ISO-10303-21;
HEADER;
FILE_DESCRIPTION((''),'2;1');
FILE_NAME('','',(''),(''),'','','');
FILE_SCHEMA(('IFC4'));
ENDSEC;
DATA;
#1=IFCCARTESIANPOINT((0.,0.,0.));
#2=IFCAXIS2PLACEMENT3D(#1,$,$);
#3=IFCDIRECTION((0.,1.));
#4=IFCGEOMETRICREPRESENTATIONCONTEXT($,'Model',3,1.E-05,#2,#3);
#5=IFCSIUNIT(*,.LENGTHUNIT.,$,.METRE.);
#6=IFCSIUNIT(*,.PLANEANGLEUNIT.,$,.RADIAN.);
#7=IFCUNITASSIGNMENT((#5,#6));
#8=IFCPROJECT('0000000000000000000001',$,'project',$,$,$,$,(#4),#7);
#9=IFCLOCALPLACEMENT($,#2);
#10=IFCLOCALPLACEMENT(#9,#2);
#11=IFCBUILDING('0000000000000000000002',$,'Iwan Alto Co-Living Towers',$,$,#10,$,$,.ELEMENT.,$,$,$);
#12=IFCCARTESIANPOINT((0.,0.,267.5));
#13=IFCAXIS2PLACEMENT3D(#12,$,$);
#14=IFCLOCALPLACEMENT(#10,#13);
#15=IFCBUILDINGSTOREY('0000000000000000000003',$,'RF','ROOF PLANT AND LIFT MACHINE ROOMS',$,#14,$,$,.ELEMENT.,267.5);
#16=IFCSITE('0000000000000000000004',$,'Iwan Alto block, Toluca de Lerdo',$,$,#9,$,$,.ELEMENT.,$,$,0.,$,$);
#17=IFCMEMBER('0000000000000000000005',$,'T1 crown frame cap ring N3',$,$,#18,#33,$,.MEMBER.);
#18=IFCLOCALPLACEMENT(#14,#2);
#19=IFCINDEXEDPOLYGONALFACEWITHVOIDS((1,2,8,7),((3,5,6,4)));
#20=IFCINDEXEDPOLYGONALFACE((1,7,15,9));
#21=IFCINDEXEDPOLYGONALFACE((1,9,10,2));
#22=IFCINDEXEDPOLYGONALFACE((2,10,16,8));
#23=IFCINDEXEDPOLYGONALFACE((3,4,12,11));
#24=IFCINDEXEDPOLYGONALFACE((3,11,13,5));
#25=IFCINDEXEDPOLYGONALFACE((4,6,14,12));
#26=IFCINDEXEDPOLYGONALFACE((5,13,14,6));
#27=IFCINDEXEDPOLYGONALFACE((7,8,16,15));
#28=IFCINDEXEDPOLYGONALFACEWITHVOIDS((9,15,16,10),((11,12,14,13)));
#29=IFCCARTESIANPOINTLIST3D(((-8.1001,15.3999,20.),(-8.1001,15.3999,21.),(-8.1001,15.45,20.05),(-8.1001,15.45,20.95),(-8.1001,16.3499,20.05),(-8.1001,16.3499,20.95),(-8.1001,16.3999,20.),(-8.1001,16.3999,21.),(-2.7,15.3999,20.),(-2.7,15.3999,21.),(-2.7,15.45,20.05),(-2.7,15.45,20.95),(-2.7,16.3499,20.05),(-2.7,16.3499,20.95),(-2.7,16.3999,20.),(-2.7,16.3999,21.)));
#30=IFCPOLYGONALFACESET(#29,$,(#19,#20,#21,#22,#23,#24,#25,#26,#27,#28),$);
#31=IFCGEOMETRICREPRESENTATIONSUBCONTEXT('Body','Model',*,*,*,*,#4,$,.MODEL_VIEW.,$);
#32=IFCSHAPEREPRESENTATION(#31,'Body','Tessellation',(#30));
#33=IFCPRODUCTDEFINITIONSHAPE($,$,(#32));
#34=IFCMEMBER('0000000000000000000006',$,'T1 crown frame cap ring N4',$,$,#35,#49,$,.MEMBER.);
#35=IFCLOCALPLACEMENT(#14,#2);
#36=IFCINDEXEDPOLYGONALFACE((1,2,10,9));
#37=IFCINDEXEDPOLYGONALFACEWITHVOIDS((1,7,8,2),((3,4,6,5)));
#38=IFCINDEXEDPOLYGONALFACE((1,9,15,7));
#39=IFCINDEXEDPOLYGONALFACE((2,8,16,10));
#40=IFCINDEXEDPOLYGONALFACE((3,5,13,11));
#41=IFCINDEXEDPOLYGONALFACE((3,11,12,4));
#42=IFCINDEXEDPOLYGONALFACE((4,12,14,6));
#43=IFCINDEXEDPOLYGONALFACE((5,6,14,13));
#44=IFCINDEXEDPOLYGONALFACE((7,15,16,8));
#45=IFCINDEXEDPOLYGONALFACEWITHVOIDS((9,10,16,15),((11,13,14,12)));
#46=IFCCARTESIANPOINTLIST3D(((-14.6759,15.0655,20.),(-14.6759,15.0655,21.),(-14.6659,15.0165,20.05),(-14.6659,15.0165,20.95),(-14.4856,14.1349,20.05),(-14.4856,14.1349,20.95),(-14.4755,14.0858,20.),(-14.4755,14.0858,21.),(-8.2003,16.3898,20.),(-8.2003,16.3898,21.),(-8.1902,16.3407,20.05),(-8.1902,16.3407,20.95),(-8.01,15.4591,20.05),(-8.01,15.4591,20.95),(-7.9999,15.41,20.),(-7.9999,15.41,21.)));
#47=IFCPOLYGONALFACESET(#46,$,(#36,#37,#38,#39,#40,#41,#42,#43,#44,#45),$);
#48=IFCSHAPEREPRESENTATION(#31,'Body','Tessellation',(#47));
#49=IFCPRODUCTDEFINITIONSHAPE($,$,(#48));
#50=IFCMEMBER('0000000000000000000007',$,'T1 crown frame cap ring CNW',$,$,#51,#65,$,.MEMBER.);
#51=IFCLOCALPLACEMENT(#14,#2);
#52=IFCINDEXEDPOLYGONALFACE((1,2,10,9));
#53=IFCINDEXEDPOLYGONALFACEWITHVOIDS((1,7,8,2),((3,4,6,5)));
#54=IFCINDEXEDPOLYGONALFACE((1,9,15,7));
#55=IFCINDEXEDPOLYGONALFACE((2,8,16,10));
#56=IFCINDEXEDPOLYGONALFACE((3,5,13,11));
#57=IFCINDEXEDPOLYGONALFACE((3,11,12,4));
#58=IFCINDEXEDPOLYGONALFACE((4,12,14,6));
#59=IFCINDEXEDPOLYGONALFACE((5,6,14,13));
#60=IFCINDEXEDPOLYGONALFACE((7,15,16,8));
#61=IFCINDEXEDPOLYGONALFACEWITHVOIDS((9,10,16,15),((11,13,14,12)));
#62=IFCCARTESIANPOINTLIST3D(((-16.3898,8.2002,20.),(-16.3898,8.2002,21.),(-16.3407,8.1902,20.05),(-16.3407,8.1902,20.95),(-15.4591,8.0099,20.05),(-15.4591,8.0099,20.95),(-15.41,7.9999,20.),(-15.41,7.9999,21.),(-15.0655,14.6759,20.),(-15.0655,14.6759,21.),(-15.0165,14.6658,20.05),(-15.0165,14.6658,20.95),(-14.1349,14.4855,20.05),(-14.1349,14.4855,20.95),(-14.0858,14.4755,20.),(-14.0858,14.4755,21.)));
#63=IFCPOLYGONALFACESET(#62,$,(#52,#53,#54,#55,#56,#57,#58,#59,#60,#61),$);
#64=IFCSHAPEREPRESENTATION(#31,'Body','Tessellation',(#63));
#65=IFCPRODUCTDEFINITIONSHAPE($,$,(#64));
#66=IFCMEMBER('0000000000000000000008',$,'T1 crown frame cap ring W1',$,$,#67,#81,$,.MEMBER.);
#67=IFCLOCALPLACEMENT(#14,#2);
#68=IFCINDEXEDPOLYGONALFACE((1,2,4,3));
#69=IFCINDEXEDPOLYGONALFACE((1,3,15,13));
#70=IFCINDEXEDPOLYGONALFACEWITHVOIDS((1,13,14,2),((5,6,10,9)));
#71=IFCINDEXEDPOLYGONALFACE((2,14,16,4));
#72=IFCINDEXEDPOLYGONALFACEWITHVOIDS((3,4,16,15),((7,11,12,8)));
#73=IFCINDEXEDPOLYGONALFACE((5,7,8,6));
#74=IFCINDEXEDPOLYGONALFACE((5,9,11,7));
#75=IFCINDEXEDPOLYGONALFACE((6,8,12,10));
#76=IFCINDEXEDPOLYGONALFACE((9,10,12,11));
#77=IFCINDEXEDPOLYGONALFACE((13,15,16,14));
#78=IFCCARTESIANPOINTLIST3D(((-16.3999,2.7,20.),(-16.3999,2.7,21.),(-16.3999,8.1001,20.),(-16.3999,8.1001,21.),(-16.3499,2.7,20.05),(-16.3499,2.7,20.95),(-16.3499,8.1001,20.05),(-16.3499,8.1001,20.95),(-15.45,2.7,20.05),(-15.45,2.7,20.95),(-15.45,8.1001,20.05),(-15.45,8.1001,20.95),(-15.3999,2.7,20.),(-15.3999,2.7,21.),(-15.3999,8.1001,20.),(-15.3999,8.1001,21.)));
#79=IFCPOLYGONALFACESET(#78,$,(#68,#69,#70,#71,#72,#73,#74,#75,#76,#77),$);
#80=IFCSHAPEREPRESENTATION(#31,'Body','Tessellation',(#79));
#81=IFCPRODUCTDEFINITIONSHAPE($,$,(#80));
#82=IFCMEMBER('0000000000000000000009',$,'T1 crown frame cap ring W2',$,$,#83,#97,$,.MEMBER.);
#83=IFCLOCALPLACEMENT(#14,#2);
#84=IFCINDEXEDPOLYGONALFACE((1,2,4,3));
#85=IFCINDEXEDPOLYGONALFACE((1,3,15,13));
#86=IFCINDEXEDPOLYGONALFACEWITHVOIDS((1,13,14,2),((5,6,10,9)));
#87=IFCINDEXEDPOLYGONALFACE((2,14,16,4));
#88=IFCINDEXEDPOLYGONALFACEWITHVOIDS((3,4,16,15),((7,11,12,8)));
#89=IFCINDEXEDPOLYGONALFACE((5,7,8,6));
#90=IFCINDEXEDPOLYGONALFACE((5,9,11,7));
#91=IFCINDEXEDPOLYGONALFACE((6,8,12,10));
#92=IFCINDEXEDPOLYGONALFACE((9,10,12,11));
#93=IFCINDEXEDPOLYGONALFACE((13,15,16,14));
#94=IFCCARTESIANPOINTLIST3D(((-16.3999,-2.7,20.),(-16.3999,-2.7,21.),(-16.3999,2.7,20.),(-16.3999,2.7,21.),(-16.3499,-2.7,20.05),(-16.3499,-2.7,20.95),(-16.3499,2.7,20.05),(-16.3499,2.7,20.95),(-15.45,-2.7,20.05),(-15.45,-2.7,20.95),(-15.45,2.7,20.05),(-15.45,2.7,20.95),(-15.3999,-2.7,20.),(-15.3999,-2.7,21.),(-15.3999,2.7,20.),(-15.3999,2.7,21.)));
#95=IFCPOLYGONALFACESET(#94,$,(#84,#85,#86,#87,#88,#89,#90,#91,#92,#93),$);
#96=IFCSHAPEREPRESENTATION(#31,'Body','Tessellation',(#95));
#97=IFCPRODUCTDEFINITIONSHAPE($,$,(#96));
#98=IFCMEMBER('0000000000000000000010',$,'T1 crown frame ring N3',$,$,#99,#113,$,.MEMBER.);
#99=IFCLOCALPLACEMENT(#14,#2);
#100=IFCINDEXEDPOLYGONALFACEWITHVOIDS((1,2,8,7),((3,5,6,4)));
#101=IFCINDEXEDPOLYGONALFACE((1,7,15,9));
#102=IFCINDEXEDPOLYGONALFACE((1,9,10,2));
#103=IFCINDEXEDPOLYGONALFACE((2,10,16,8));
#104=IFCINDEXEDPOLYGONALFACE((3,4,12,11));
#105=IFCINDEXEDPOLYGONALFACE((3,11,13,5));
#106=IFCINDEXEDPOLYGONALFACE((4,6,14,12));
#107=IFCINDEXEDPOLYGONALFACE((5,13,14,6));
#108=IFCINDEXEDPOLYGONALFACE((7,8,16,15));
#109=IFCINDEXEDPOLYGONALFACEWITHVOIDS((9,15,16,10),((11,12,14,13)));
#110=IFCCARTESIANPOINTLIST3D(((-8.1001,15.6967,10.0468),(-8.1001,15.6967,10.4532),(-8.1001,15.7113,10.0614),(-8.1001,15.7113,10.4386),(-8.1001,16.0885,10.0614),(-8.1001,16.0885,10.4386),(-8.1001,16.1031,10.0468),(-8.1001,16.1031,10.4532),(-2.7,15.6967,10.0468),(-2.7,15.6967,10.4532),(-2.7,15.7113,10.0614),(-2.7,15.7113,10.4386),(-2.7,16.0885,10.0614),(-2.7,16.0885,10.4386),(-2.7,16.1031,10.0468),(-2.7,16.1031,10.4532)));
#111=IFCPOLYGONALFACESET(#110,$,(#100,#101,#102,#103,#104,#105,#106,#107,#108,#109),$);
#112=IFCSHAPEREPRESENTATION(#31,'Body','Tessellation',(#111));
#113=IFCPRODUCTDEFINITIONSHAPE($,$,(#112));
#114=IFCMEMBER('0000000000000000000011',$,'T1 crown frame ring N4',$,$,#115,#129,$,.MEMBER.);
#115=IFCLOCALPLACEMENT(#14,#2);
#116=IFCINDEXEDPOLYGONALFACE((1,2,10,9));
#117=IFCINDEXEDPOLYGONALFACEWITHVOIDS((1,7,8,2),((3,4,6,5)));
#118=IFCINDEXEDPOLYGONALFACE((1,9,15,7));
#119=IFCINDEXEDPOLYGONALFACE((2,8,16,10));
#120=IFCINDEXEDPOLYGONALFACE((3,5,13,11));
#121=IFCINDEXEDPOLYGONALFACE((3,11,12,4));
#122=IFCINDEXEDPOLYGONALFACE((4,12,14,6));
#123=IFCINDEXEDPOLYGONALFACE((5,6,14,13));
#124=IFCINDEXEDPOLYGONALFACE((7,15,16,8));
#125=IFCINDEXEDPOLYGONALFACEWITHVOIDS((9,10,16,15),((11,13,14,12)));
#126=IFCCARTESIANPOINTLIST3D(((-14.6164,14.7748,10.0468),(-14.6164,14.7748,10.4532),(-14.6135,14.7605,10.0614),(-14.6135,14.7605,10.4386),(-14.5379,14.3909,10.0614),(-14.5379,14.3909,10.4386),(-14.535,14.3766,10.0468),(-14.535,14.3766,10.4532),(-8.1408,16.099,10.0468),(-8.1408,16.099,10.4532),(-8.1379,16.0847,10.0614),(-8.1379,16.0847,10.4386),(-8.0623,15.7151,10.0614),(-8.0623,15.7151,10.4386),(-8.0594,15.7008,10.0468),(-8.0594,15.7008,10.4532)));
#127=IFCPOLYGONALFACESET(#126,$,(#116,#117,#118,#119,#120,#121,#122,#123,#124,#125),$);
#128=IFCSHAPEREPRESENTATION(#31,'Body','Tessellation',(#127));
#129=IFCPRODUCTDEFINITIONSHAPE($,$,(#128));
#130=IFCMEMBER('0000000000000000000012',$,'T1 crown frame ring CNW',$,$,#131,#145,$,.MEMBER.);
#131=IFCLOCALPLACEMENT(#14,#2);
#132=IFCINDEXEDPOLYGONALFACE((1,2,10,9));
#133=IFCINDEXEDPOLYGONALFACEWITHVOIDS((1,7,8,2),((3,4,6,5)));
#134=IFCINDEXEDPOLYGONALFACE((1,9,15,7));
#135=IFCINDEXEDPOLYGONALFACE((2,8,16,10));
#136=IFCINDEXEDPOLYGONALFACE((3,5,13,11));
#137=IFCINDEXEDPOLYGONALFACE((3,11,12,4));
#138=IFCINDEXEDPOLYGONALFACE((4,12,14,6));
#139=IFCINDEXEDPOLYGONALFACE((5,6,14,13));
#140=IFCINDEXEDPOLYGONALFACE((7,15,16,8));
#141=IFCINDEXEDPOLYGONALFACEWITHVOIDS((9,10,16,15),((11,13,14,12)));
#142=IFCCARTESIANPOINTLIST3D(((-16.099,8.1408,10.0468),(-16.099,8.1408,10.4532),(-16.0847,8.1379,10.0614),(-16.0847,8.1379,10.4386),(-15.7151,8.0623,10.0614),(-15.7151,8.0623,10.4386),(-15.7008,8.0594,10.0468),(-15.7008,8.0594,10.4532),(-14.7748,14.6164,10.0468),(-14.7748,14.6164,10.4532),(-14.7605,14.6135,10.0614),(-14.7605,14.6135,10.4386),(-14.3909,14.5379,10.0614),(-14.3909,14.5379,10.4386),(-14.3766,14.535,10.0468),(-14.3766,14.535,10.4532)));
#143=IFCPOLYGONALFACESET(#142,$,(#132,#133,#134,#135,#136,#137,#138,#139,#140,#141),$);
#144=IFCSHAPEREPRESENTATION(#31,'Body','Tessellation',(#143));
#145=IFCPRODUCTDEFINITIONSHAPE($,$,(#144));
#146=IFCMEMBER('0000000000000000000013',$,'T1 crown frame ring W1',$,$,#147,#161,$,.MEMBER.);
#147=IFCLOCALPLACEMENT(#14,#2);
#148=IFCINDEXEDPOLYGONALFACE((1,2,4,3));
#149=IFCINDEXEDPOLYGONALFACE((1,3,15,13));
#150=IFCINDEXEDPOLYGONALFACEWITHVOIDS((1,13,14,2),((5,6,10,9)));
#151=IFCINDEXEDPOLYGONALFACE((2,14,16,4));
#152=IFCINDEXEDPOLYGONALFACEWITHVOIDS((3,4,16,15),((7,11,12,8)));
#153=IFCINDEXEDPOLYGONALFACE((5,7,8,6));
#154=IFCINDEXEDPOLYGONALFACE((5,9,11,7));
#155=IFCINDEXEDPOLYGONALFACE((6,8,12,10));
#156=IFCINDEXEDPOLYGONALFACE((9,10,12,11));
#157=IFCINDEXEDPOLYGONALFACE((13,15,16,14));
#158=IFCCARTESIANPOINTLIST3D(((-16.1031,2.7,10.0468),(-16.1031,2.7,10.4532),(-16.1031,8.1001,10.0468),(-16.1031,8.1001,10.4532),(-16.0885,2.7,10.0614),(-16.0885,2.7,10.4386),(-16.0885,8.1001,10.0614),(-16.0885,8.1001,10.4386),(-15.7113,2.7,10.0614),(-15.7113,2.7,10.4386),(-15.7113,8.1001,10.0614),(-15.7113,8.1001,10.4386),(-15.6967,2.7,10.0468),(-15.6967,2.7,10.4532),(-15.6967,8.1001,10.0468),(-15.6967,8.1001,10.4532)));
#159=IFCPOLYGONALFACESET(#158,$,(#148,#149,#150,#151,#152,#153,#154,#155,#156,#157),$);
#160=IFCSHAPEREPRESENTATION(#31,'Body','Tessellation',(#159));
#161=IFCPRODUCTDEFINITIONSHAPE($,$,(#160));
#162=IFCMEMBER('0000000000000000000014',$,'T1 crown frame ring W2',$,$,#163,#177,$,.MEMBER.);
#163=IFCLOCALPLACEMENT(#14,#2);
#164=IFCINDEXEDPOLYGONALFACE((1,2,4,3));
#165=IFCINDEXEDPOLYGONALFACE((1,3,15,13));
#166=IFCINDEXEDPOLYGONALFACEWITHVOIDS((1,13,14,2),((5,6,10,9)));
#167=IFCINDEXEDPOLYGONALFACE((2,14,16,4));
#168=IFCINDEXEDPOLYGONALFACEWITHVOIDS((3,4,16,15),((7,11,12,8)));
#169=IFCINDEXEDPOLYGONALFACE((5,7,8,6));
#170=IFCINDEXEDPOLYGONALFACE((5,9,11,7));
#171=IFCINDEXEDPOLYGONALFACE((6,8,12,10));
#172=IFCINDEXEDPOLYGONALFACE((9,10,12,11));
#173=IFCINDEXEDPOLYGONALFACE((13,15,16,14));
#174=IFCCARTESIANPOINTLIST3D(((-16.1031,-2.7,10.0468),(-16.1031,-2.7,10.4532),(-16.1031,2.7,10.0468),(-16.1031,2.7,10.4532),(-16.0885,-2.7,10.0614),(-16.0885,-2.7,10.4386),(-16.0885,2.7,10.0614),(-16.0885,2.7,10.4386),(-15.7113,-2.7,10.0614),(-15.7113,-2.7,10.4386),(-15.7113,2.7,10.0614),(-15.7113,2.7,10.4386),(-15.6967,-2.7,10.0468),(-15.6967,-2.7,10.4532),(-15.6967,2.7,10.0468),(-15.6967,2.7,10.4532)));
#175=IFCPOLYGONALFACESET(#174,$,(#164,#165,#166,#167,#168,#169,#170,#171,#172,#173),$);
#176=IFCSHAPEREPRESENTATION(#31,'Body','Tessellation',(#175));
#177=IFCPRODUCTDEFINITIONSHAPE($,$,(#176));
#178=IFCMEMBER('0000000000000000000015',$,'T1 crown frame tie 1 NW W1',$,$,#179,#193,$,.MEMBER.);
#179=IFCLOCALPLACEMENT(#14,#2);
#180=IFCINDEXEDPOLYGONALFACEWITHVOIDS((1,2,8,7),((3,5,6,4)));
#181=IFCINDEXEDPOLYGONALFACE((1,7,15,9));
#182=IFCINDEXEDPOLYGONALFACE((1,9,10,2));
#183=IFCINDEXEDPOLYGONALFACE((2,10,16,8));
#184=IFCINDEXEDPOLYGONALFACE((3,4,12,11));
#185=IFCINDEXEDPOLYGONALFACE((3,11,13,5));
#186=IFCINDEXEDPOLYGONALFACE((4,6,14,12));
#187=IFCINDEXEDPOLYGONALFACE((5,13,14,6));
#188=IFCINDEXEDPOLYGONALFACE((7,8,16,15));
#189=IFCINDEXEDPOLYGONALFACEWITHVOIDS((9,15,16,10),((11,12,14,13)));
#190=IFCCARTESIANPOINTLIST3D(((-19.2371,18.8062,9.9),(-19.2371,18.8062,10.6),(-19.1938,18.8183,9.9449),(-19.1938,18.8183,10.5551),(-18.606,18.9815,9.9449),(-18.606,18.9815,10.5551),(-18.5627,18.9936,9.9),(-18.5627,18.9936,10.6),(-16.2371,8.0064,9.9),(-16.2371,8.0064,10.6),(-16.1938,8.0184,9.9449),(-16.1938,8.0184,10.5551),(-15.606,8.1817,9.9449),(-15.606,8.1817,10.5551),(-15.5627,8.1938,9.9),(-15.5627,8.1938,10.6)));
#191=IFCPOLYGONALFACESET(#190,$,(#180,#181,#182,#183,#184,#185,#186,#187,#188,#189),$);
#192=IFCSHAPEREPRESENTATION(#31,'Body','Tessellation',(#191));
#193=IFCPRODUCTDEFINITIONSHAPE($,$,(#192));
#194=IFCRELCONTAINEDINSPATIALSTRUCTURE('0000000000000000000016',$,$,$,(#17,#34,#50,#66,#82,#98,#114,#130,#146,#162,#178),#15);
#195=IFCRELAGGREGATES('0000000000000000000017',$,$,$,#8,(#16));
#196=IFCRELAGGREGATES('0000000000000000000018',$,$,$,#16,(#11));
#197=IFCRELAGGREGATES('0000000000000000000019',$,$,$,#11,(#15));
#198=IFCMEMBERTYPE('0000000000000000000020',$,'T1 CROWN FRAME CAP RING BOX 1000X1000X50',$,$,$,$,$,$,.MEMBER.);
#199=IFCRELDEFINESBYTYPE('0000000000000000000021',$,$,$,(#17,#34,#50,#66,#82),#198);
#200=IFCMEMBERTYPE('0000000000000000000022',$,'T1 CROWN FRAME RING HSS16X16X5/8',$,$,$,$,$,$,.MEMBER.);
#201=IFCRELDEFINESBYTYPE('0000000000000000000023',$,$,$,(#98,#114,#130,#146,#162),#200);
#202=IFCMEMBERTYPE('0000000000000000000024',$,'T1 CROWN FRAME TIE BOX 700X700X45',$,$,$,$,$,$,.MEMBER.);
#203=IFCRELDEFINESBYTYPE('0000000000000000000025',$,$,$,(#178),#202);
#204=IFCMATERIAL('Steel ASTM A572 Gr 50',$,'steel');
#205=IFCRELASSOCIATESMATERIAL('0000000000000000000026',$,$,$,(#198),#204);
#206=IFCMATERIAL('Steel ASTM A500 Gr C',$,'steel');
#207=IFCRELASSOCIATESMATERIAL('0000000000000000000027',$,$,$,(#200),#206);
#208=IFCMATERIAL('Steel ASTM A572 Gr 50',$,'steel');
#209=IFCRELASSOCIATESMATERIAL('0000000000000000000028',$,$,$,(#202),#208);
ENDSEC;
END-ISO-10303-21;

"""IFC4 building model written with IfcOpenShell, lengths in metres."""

from ifc_helpers import new_model, si_unit, direction, frame, origin, origin_2d, place, context, subcontext, project, spatial, hollow_rectangle, extrude, material, material_profile, profile_set, type_object, element, save


model = new_model("IFC4")

# Units and contexts
model_context = context("Model", 3, precision=1e-05, world=origin(), true_north=direction((0.0, 1.0)))
body_context = subcontext(model_context, "Body", "Model", "MODEL_VIEW")
ifc_project = project(units=[si_unit("LENGTHUNIT", "METRE"), si_unit("PLANEANGLEUNIT", "RADIAN")], contexts=[model_context])

# Site, building, storey
site_placement = place(None, origin())
site = spatial("IfcSite", under=ifc_project, at=site_placement, Name="Iwan Alto block, Toluca de Lerdo", CompositionType="ELEMENT", RefElevation=0.0)
building_placement = place(site_placement, origin())
building = spatial("IfcBuilding", under=site, at=building_placement, Name="Iwan Alto Co-Living Towers", CompositionType="ELEMENT")
storey_placement = place(building_placement, frame((0.0, 0.0, 267.5)))
storey = spatial("IfcBuildingStorey", under=building, at=storey_placement, Name="RF", Description="ROOF PLANT AND LIFT MACHINE ROOMS", CompositionType="ELEMENT", Elevation=267.5)

# Members
ifc_material_1 = material(Name="Steel ASTM A572 Gr 50", Category="steel")
ifc_material_profile_1 = material_profile(ifc_material_1, hollow_rectangle(XDim=1.0, YDim=1.0, WallThickness=0.05, at=origin_2d()), Name="BOX 1000X1000X50")
ifc_profile_set_1 = profile_set([ifc_material_profile_1], Name="Steel ASTM A572 Gr 50")
member_type_1 = type_object("IfcMemberType", Name="T1 CROWN FRAME CAP RING BOX 1000X1000X50", PredefinedType="MEMBER", material=ifc_profile_set_1)
member_1_placement = place(storey_placement, frame((-2.7, 15.8999, 20.5), z_axis=(-1.0, 0.0, 0.0), x_axis=(0.0, -1.0, 0.0)))
element("IfcMember", 1, at=member_1_placement, inside=storey, type_object=member_type_1, Name="T1 crown frame cap ring N3", PredefinedType="MEMBER", context=body_context, shape_type="SweptSolid", body=[
    extrude(hollow_rectangle(XDim=1.0, YDim=1.0, WallThickness=0.05, at=origin_2d()), origin(), (0.0, 0.0, 1.0), 5.4001),
])
for number, where, z_axis, x_axis, name in (
    (2, (-8.1001, 15.8999, 20.5), (-0.979725, -0.200348, 0.0), (0.200348, -0.979725, 0.0), "T1 crown frame cap ring N4"),
    (3, (-14.5757, 14.5757, 20.5), (-0.200348, -0.979725, 0.0), (0.979725, -0.200348, 0.0), "T1 crown frame cap ring CNW"),
):
    element("IfcMember", number, at=place(storey_placement, frame(where, z_axis=z_axis, x_axis=x_axis)), inside=storey, type_object=member_type_1, Name=name, PredefinedType="MEMBER", context=body_context, shape_type="SweptSolid", body=[
        extrude(hollow_rectangle(XDim=1.0, YDim=1.0, WallThickness=0.05, at=origin_2d()), origin(), (0.0, 0.0, 1.0), 6.6096),
    ])
member_2_placement = place(storey_placement, frame((-15.8999, 8.1001, 20.5), z_axis=(0.0, -1.0, 0.0), x_axis=(1.0, 0.0, 0.0)))
element("IfcMember", 4, at=member_2_placement, inside=storey, type_object=member_type_1, Name="T1 crown frame cap ring W1", PredefinedType="MEMBER", context=body_context, shape_type="SweptSolid", body=[
    extrude(hollow_rectangle(XDim=1.0, YDim=1.0, WallThickness=0.05, at=origin_2d()), origin(), (0.0, 0.0, 1.0), 5.4001),
])
member_3_placement = place(storey_placement, frame((-15.8999, 2.7, 20.5), z_axis=(0.0, -1.0, 0.0), x_axis=(1.0, 0.0, 0.0)))
element("IfcMember", 5, at=member_3_placement, inside=storey, type_object=member_type_1, Name="T1 crown frame cap ring W2", PredefinedType="MEMBER", context=body_context, shape_type="SweptSolid", body=[
    extrude(hollow_rectangle(XDim=1.0, YDim=1.0, WallThickness=0.05, at=origin_2d()), origin(), (0.0, 0.0, 1.0), 5.3999),
])
ifc_material_2 = material(Name="Steel ASTM A500 Gr C", Category="steel")
ifc_material_profile_2 = material_profile(ifc_material_2, hollow_rectangle(XDim=0.4065, YDim=0.4065, WallThickness=0.0146, at=origin_2d()), Name="HSS16X16X5/8")
ifc_profile_set_2 = profile_set([ifc_material_profile_2], Name="Steel ASTM A500 Gr C")
member_type_2 = type_object("IfcMemberType", Name="T1 CROWN FRAME RING HSS16X16X5/8", PredefinedType="MEMBER", material=ifc_profile_set_2)
member_4_placement = place(storey_placement, frame((-2.7, 15.8999, 10.25), z_axis=(-1.0, 0.0, 0.0), x_axis=(0.0, -1.0, 0.0)))
element("IfcMember", 6, at=member_4_placement, inside=storey, type_object=member_type_2, Name="T1 crown frame ring N3", PredefinedType="MEMBER", context=body_context, shape_type="SweptSolid", body=[
    extrude(hollow_rectangle(XDim=0.4065, YDim=0.4065, WallThickness=0.0146, at=origin_2d()), origin(), (0.0, 0.0, 1.0), 5.4001),
])
for number, where, z_axis, x_axis, name in (
    (7, (-8.1001, 15.8999, 10.25), (-0.979725, -0.200348, 0.0), (0.200348, -0.979725, 0.0), "T1 crown frame ring N4"),
    (8, (-14.5757, 14.5757, 10.25), (-0.200348, -0.979725, 0.0), (0.979725, -0.200348, 0.0), "T1 crown frame ring CNW"),
):
    element("IfcMember", number, at=place(storey_placement, frame(where, z_axis=z_axis, x_axis=x_axis)), inside=storey, type_object=member_type_2, Name=name, PredefinedType="MEMBER", context=body_context, shape_type="SweptSolid", body=[
        extrude(hollow_rectangle(XDim=0.4065, YDim=0.4065, WallThickness=0.0146, at=origin_2d()), origin(), (0.0, 0.0, 1.0), 6.6096),
    ])
member_5_placement = place(storey_placement, frame((-15.8999, 8.1001, 10.25), z_axis=(0.0, -1.0, 0.0), x_axis=(1.0, 0.0, 0.0)))
element("IfcMember", 9, at=member_5_placement, inside=storey, type_object=member_type_2, Name="T1 crown frame ring W1", PredefinedType="MEMBER", context=body_context, shape_type="SweptSolid", body=[
    extrude(hollow_rectangle(XDim=0.4065, YDim=0.4065, WallThickness=0.0146, at=origin_2d()), origin(), (0.0, 0.0, 1.0), 5.4001),
])
member_6_placement = place(storey_placement, frame((-15.8999, 2.7, 10.25), z_axis=(0.0, -1.0, 0.0), x_axis=(1.0, 0.0, 0.0)))
element("IfcMember", 10, at=member_6_placement, inside=storey, type_object=member_type_2, Name="T1 crown frame ring W2", PredefinedType="MEMBER", context=body_context, shape_type="SweptSolid", body=[
    extrude(hollow_rectangle(XDim=0.4065, YDim=0.4065, WallThickness=0.0146, at=origin_2d()), origin(), (0.0, 0.0, 1.0), 5.3999),
])
ifc_material_3 = material(Name="Steel ASTM A572 Gr 50", Category="steel")
ifc_material_profile_3 = material_profile(ifc_material_3, hollow_rectangle(XDim=0.7, YDim=0.7, WallThickness=0.0449, at=origin_2d()), Name="BOX 700X700X45")
ifc_profile_set_3 = profile_set([ifc_material_profile_3], Name="Steel ASTM A572 Gr 50")
member_type_3 = type_object("IfcMemberType", Name="T1 CROWN FRAME TIE BOX 700X700X45", PredefinedType="MEMBER", material=ifc_profile_set_3)
for number, where, z_axis, x_axis, name in (
    (11, (-18.8999, 18.8999, 10.25), (0.267648, -0.963517, 0.0), (0.963517, 0.267648, 0.0), "T1 crown frame tie 1 NW W1"),
):
    element("IfcMember", number, at=place(storey_placement, frame(where, z_axis=z_axis, x_axis=x_axis)), inside=storey, type_object=member_type_3, Name=name, PredefinedType="MEMBER", context=body_context, shape_type="SweptSolid", body=[
        extrude(hollow_rectangle(XDim=0.7, YDim=0.7, WallThickness=0.0449, at=origin_2d()), origin(), (0.0, 0.0, 1.0), 11.2087),
    ])

save(model, "model.ifc")
